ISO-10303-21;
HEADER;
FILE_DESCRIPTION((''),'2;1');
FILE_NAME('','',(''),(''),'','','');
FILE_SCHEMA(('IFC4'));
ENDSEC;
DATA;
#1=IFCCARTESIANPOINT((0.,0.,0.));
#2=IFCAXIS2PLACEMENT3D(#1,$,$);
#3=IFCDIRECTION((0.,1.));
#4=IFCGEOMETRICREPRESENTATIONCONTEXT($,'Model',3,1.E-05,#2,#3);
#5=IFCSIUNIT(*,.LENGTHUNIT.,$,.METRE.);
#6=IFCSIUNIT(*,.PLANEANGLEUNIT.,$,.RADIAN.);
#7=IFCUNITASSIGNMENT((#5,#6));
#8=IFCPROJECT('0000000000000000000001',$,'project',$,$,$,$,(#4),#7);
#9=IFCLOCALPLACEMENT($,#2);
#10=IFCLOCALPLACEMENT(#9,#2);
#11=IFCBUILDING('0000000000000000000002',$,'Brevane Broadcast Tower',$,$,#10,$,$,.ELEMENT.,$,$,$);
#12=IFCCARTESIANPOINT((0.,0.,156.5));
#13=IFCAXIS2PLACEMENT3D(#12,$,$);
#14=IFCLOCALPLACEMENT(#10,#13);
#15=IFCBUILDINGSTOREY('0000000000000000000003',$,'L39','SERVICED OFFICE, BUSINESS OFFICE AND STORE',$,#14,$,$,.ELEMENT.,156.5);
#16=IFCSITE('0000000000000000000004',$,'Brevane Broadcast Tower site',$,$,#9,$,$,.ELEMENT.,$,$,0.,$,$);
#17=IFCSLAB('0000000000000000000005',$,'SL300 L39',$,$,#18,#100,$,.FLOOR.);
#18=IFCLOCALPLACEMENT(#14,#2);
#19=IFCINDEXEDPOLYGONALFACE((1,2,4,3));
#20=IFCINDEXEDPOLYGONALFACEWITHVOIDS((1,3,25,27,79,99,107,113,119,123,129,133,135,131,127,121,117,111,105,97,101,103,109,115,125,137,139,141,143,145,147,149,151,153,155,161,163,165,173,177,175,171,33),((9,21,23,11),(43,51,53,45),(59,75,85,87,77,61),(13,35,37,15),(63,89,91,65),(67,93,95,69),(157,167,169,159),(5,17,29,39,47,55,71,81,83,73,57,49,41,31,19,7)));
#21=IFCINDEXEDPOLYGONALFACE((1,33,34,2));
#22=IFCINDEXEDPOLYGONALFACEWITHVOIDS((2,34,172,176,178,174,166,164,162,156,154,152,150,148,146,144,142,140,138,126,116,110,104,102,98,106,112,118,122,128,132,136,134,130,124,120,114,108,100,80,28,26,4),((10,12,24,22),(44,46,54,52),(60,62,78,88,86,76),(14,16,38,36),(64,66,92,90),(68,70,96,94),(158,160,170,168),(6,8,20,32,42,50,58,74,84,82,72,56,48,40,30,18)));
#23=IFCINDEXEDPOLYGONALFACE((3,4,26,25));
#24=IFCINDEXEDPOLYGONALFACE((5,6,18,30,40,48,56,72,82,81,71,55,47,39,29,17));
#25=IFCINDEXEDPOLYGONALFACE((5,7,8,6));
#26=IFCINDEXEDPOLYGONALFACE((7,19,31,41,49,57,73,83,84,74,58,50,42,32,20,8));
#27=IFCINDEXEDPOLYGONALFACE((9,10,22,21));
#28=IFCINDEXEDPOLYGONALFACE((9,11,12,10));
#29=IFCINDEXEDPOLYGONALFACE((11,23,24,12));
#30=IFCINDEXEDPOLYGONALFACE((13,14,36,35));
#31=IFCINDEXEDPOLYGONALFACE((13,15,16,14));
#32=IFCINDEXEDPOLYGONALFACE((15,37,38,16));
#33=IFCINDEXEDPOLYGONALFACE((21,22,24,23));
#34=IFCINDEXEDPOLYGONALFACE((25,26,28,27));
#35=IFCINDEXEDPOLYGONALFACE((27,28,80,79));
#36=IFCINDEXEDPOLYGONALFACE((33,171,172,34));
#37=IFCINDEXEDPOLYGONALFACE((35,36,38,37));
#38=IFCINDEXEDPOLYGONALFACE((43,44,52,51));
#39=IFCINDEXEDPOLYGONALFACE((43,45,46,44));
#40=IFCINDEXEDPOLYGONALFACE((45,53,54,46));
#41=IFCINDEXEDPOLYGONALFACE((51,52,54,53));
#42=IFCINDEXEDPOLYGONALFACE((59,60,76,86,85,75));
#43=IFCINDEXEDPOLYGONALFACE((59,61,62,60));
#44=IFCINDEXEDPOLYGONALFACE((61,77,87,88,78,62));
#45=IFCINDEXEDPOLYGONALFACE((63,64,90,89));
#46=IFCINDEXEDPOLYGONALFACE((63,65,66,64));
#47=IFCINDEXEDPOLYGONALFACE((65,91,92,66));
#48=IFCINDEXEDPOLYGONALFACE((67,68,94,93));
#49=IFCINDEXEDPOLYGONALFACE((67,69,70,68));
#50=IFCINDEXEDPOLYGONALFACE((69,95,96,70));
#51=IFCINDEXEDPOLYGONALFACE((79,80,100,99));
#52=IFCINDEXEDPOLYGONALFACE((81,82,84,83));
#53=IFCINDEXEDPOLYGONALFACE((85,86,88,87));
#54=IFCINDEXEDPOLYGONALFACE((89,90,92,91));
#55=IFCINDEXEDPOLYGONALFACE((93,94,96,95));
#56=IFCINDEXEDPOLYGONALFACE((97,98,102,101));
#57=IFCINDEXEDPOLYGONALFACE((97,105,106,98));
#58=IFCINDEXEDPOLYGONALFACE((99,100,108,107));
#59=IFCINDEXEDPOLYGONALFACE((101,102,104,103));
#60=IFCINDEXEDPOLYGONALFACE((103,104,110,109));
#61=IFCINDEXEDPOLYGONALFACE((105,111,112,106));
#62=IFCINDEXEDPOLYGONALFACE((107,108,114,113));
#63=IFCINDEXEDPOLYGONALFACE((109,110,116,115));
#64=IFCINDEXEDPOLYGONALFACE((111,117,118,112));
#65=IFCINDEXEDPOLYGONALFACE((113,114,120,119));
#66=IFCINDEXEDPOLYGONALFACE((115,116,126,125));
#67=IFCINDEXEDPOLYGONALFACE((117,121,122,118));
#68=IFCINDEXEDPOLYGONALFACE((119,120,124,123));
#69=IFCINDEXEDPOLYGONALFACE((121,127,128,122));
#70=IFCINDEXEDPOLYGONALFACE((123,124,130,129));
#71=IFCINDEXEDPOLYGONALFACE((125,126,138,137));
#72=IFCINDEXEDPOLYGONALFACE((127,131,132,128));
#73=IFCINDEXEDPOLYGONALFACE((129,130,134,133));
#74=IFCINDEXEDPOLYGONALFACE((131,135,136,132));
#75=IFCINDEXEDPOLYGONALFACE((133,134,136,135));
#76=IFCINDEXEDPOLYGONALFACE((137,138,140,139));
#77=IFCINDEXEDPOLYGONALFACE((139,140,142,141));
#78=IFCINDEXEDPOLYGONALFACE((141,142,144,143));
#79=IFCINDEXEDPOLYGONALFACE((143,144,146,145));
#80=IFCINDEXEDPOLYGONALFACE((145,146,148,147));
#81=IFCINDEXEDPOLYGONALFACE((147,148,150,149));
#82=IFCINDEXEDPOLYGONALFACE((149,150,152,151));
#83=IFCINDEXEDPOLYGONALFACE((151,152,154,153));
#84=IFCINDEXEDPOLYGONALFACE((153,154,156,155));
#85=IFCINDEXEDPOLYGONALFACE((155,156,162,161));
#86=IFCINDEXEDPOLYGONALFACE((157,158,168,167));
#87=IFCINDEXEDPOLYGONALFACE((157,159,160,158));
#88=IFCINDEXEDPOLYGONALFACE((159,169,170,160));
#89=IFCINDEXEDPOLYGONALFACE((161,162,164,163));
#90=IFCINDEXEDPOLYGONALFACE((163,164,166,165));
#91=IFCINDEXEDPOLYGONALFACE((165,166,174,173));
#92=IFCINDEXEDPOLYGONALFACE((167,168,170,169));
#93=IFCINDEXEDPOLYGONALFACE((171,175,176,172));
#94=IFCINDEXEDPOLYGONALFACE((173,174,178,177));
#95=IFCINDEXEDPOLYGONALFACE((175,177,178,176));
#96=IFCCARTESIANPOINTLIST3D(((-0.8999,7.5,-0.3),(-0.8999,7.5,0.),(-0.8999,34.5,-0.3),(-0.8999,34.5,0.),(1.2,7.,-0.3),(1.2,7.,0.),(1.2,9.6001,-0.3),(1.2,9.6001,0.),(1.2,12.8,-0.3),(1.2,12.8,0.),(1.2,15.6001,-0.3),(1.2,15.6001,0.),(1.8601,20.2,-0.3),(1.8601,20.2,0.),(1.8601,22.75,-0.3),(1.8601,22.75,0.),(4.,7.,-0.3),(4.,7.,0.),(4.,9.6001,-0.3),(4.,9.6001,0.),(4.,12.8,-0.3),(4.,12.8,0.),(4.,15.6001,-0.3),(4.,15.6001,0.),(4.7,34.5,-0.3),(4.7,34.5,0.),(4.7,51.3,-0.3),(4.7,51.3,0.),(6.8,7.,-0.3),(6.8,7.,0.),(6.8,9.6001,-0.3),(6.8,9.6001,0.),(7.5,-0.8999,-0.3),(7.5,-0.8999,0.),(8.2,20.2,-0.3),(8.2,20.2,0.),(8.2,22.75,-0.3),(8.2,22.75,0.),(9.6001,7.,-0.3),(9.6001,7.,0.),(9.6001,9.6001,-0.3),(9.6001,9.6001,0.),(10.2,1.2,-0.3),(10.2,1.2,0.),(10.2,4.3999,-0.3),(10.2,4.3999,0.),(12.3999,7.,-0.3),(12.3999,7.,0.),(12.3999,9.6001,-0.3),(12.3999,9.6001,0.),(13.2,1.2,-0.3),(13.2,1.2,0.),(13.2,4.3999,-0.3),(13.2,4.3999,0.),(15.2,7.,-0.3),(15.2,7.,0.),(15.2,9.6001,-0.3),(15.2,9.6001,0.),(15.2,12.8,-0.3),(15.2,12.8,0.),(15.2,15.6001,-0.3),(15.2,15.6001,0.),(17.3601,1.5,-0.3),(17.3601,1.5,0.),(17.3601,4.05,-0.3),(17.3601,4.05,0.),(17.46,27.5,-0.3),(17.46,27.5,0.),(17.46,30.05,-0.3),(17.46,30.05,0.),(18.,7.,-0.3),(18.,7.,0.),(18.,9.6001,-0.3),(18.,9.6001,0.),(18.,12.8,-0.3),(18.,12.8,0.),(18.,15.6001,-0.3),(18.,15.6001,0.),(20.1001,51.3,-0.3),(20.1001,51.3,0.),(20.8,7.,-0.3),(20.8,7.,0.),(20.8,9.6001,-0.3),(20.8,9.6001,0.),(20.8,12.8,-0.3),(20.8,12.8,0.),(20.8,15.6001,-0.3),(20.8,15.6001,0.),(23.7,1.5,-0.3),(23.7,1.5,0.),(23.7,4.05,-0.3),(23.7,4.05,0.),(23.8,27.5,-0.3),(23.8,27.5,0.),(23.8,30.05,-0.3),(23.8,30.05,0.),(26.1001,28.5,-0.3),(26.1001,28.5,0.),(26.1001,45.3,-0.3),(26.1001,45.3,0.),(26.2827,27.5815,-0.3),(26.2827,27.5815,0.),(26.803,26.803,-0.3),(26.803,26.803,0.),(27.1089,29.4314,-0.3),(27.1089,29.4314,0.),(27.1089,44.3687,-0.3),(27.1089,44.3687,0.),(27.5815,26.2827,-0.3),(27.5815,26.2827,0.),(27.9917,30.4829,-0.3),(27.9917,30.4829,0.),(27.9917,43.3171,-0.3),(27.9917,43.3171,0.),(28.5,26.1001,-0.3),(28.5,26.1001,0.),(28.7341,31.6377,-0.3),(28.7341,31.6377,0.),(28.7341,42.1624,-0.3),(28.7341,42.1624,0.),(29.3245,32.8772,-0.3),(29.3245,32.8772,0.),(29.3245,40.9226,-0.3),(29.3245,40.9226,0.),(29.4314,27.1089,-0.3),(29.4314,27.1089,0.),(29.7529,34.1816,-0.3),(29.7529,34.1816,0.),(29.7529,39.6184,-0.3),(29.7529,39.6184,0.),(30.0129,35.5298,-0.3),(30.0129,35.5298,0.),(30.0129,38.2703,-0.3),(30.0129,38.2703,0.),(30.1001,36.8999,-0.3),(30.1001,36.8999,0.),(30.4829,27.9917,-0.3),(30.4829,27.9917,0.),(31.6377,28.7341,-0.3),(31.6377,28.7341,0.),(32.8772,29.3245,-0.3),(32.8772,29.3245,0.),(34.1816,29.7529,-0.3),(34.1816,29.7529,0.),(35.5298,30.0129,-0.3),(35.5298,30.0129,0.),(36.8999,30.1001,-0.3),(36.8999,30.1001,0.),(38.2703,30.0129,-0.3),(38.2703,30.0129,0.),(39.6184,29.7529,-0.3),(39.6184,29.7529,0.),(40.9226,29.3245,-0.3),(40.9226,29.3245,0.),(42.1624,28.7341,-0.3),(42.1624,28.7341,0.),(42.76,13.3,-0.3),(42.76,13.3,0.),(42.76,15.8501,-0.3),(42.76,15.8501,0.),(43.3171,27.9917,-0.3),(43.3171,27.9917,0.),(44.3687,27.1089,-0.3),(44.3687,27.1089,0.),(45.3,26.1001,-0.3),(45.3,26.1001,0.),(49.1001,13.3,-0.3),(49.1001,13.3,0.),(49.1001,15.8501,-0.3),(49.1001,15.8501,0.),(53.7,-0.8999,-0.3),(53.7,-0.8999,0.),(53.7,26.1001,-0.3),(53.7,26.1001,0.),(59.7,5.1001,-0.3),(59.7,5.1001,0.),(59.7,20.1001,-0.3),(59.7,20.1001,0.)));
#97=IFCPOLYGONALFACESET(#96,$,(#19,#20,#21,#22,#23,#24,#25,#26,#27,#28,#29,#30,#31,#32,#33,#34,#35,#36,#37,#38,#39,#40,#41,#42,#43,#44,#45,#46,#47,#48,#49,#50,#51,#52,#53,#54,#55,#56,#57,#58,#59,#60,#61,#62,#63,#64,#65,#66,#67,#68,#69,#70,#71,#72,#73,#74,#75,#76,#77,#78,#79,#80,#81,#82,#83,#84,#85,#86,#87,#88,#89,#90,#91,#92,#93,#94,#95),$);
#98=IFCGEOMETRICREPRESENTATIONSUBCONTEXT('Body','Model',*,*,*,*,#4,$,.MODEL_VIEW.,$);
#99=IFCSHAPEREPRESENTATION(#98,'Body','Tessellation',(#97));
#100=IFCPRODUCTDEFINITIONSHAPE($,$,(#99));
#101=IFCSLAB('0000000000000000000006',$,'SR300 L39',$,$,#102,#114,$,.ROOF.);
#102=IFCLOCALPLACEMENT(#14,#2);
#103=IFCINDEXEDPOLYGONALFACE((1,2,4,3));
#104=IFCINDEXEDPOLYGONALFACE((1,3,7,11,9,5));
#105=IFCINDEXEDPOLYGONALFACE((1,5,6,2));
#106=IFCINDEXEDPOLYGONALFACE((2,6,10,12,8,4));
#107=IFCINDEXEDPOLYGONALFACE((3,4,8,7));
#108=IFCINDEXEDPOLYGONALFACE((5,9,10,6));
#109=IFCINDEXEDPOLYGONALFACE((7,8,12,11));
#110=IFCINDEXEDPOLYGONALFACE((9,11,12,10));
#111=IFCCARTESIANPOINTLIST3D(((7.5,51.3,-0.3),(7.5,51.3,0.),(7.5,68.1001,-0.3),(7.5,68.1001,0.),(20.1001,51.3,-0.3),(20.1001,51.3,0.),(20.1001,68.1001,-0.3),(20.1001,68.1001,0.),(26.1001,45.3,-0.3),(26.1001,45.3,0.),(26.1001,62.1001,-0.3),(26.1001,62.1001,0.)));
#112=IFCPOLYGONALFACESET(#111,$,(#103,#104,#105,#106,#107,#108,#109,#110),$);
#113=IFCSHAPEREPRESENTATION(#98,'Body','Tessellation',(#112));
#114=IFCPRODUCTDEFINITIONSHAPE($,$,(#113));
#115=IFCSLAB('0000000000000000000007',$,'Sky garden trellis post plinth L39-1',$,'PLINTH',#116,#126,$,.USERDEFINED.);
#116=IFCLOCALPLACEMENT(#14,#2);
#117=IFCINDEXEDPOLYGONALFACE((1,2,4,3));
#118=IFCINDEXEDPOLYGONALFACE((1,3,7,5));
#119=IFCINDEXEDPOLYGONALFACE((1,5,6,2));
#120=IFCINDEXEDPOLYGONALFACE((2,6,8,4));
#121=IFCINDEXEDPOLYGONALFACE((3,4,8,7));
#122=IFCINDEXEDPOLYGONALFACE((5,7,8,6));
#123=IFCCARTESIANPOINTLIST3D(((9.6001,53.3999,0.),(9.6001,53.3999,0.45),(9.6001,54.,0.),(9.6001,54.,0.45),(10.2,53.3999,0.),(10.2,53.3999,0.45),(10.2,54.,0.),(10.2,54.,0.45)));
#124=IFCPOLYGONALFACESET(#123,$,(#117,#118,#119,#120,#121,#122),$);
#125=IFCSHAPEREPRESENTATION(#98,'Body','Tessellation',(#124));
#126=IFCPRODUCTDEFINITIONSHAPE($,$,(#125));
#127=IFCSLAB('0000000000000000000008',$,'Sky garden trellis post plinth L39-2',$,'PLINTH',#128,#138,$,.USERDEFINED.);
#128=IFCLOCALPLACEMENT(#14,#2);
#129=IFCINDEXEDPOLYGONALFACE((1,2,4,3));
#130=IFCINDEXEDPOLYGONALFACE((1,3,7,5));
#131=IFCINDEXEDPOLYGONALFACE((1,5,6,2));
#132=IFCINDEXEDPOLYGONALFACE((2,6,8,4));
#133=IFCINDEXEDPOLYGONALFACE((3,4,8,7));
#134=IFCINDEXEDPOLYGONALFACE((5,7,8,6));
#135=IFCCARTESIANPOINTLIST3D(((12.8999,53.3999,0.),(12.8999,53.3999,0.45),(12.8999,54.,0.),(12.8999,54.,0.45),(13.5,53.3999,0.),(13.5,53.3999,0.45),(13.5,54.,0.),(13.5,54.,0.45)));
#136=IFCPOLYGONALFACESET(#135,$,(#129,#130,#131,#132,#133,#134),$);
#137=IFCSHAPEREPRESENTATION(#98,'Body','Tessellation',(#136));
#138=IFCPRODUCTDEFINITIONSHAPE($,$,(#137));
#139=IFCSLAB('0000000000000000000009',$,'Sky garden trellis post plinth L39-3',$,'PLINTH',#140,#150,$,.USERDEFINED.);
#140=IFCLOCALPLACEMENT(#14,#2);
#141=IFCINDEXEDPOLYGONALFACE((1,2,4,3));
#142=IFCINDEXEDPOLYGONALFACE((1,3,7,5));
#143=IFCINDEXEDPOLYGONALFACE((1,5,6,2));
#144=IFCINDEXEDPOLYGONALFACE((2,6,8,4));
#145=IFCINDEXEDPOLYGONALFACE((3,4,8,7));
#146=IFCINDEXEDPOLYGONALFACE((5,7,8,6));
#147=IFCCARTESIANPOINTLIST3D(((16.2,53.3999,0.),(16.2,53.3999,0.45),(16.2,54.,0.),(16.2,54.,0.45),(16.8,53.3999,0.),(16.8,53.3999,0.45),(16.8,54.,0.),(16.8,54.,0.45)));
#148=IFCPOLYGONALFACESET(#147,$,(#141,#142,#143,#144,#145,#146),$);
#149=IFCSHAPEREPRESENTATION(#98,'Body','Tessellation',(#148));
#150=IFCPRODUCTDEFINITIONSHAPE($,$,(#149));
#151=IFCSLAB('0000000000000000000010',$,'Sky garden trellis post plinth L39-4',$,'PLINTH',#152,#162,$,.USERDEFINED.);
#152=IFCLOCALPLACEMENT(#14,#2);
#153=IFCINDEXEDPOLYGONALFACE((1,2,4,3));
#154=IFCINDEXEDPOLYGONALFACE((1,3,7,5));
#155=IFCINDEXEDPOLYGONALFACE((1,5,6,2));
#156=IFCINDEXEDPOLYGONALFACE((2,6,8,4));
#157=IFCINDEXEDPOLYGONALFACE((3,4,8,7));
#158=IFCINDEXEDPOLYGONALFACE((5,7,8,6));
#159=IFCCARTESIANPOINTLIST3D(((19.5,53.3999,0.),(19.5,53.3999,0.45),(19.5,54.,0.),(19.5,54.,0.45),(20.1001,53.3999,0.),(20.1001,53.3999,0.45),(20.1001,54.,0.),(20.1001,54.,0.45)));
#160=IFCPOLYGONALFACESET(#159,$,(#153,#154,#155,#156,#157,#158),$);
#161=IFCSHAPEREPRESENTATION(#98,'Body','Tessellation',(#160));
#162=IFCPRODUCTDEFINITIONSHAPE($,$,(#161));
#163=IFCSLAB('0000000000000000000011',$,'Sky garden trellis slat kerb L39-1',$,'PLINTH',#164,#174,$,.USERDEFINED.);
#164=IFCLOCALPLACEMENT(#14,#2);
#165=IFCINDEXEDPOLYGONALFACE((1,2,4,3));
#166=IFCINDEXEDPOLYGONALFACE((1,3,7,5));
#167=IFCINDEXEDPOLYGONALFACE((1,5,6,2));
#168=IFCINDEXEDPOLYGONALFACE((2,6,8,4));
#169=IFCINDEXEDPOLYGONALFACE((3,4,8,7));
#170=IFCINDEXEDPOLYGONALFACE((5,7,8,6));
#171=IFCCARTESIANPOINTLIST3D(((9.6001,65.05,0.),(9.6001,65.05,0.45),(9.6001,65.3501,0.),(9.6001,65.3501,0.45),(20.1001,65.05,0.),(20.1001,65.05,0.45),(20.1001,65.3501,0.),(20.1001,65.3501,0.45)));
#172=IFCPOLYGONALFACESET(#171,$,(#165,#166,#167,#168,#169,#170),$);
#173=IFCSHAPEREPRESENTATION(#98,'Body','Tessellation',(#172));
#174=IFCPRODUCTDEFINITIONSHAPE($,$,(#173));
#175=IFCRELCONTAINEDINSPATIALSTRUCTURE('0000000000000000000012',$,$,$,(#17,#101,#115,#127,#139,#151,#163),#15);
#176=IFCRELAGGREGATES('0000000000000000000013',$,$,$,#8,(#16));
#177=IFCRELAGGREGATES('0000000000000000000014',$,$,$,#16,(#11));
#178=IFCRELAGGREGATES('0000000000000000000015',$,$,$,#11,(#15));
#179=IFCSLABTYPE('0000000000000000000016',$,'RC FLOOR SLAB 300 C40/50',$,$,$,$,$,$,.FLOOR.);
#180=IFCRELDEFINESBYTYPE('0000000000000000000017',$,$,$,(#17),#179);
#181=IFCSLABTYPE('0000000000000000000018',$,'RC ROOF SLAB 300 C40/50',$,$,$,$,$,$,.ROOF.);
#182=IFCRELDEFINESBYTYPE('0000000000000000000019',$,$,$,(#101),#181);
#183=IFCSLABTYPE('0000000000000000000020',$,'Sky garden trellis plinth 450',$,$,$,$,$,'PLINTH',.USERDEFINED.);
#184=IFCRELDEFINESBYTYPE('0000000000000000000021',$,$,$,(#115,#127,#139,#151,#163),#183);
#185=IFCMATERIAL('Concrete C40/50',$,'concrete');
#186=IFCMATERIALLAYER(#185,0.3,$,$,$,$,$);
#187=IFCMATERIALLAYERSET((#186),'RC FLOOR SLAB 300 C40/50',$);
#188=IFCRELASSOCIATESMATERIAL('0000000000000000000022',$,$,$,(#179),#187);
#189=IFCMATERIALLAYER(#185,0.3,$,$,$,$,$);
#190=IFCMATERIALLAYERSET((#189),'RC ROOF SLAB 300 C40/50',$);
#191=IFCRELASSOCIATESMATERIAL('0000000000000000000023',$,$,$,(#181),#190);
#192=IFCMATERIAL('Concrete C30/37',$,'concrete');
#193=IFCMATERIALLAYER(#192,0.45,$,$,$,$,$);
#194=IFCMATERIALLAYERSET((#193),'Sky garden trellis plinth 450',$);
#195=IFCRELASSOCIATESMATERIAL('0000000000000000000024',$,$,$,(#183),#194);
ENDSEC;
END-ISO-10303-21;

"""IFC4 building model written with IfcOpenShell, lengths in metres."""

from ifc_helpers import new_model, si_unit, direction, frame, origin, place, context, subcontext, project, spatial, polyline, outline, extrude, material, layer, layer_set, type_object, element, save


model = new_model("IFC4")

# Units and contexts
model_context = context("Model", 3, precision=1e-05, world=origin(), true_north=direction((0.0, 1.0)))
body_context = subcontext(model_context, "Body", "Model", "MODEL_VIEW")
ifc_project = project(units=[si_unit("LENGTHUNIT", "METRE"), si_unit("PLANEANGLEUNIT", "RADIAN")], contexts=[model_context])

# Site, building, storey
site_placement = place(None, origin())
site = spatial("IfcSite", under=ifc_project, at=site_placement, Name="Brevane Broadcast Tower site", CompositionType="ELEMENT", RefElevation=0.0)
building_placement = place(site_placement, origin())
building = spatial("IfcBuilding", under=site, at=building_placement, Name="Brevane Broadcast Tower", CompositionType="ELEMENT")
storey_placement = place(building_placement, frame((0.0, 0.0, 156.5)))
storey = spatial("IfcBuildingStorey", under=building, at=storey_placement, Name="L39", Description="SERVICED OFFICE, BUSINESS OFFICE AND STORE", CompositionType="ELEMENT", Elevation=156.5)

# Slabs
ifc_material_1 = material(Name="Concrete C40/50", Category="concrete")
ifc_layer_1 = layer(ifc_material_1, 0.3)
ifc_layer_set_1 = layer_set([ifc_layer_1], Name="RC FLOOR SLAB 300 C40/50")
slab_type_1 = type_object("IfcSlabType", Name="RC FLOOR SLAB 300 C40/50", PredefinedType="FLOOR", material=ifc_layer_set_1)
slab_1_placement = place(storey_placement, frame((0.0, 0.0, -0.3)))
element("IfcSlab", 1, at=slab_1_placement, inside=storey, type_object=slab_type_1, Name="SL300 L39", PredefinedType="FLOOR", context=body_context, shape_type="SweptSolid", body=[
    extrude(outline(polyline([(-0.8999, 7.5), (-0.8999, 34.5), (4.7, 34.5), (4.7, 51.3), (20.1001, 51.3), (26.1001, 45.3), (27.1089, 44.3687), (27.9917, 43.3171), (28.7341, 42.1624), (29.3245, 40.9226), (29.7529, 39.6184), (30.0129, 38.2703), (30.1001, 36.8999), (30.0129, 35.5298), (29.7529, 34.1816), (29.3245, 32.8772), (28.7341, 31.6377), (27.9917, 30.4829), (27.1089, 29.4314), (26.1001, 28.5), (26.2827, 27.5815), (26.803, 26.803), (27.5815, 26.2827), (28.5, 26.1001), (29.4314, 27.1089), (30.4829, 27.9917), (31.6377, 28.7341), (32.8772, 29.3245), (34.1816, 29.7529), (35.5298, 30.0129), (36.8999, 30.1001), (38.2703, 30.0129), (39.6184, 29.7529), (40.9226, 29.3245), (42.1624, 28.7341), (43.3171, 27.9917), (44.3687, 27.1089), (45.3, 26.1001), (53.7, 26.1001), (59.7, 20.1001), (59.7, 5.1001), (53.7, -0.8999), (7.5, -0.8999), (-0.8999, 7.5)]), holes=[polyline([(13.2, 4.3999), (10.2, 4.3999), (10.2, 1.2), (13.2, 1.2), (13.2, 4.3999)]), polyline([(4.0, 9.6001), (1.2, 9.6001), (1.2, 7.0), (4.0, 7.0), (6.8, 7.0), (9.6001, 7.0), (12.3999, 7.0), (15.2, 7.0), (18.0, 7.0), (20.8, 7.0), (20.8, 9.6001), (18.0, 9.6001), (15.2, 9.6001), (12.3999, 9.6001), (9.6001, 9.6001), (6.8, 9.6001), (4.0, 9.6001)]), polyline([(4.0, 12.8), (4.0, 15.6001), (1.2, 15.6001), (1.2, 12.8), (4.0, 12.8)]), polyline([(8.2, 22.75), (1.8601, 22.75), (1.8601, 20.2), (8.2, 20.2), (8.2, 22.75)]), polyline([(23.7, 4.05), (17.3601, 4.05), (17.3601, 1.5), (23.7, 1.5), (23.7, 4.05)]), polyline([(18.0, 15.6001), (15.2, 15.6001), (15.2, 12.8), (18.0, 12.8), (20.8, 12.8), (20.8, 15.6001), (18.0, 15.6001)]), polyline([(49.1001, 15.8501), (42.76, 15.8501), (42.76, 13.3), (49.1001, 13.3), (49.1001, 15.8501)]), polyline([(23.8, 30.05), (17.46, 30.05), (17.46, 27.5), (23.8, 27.5), (23.8, 30.05)])]), origin(), (0.0, 0.0, 1.0), 0.3),
])
ifc_layer_2 = layer(ifc_material_1, 0.3)
ifc_layer_set_2 = layer_set([ifc_layer_2], Name="RC ROOF SLAB 300 C40/50")
slab_type_2 = type_object("IfcSlabType", Name="RC ROOF SLAB 300 C40/50", PredefinedType="ROOF", material=ifc_layer_set_2)
slab_2_placement = place(storey_placement, frame((0.0, 0.0, -0.3)))
element("IfcSlab", 2, at=slab_2_placement, inside=storey, type_object=slab_type_2, Name="SR300 L39", PredefinedType="ROOF", context=body_context, shape_type="SweptSolid", body=[
    extrude(outline(polyline([(20.1001, 68.1001), (26.1001, 62.1001), (26.1001, 45.3), (20.1001, 51.3), (7.5, 51.3), (7.5, 68.1001), (20.1001, 68.1001)])), origin(), (0.0, 0.0, 1.0), 0.3),
])
ifc_material_2 = material(Name="Concrete C30/37", Category="concrete")
ifc_layer_3 = layer(ifc_material_2, 0.45)
ifc_layer_set_3 = layer_set([ifc_layer_3], Name="Sky garden trellis plinth 450")
slab_type_3 = type_object("IfcSlabType", Name="Sky garden trellis plinth 450", ElementType="PLINTH", PredefinedType="USERDEFINED", material=ifc_layer_set_3)
slab_3_placement = place(storey_placement, origin())
element("IfcSlab", 3, at=slab_3_placement, inside=storey, type_object=slab_type_3, Name="Sky garden trellis post plinth L39-1", ObjectType="PLINTH", PredefinedType="USERDEFINED", context=body_context, shape_type="SweptSolid", body=[
    extrude(outline(polyline([(9.6001, 53.3999), (10.2, 53.3999), (10.2, 54.0), (9.6001, 54.0), (9.6001, 53.3999)])), origin(), (0.0, 0.0, 1.0), 0.45),
])
slab_4_placement = place(storey_placement, origin())
element("IfcSlab", 4, at=slab_4_placement, inside=storey, type_object=slab_type_3, Name="Sky garden trellis post plinth L39-2", ObjectType="PLINTH", PredefinedType="USERDEFINED", context=body_context, shape_type="SweptSolid", body=[
    extrude(outline(polyline([(12.8999, 53.3999), (13.5, 53.3999), (13.5, 54.0), (12.8999, 54.0), (12.8999, 53.3999)])), origin(), (0.0, 0.0, 1.0), 0.45),
])
slab_5_placement = place(storey_placement, origin())
element("IfcSlab", 5, at=slab_5_placement, inside=storey, type_object=slab_type_3, Name="Sky garden trellis post plinth L39-3", ObjectType="PLINTH", PredefinedType="USERDEFINED", context=body_context, shape_type="SweptSolid", body=[
    extrude(outline(polyline([(16.2, 53.3999), (16.8, 53.3999), (16.8, 54.0), (16.2, 54.0), (16.2, 53.3999)])), origin(), (0.0, 0.0, 1.0), 0.45),
])
slab_6_placement = place(storey_placement, origin())
element("IfcSlab", 6, at=slab_6_placement, inside=storey, type_object=slab_type_3, Name="Sky garden trellis post plinth L39-4", ObjectType="PLINTH", PredefinedType="USERDEFINED", context=body_context, shape_type="SweptSolid", body=[
    extrude(outline(polyline([(19.5, 53.3999), (20.1001, 53.3999), (20.1001, 54.0), (19.5, 54.0), (19.5, 53.3999)])), origin(), (0.0, 0.0, 1.0), 0.45),
])
slab_7_placement = place(storey_placement, origin())
element("IfcSlab", 7, at=slab_7_placement, inside=storey, type_object=slab_type_3, Name="Sky garden trellis slat kerb L39-1", ObjectType="PLINTH", PredefinedType="USERDEFINED", context=body_context, shape_type="SweptSolid", body=[
    extrude(outline(polyline([(9.6001, 65.05), (20.1001, 65.05), (20.1001, 65.3501), (9.6001, 65.3501), (9.6001, 65.05)])), origin(), (0.0, 0.0, 1.0), 0.45),
])

save(model, "model.ifc")
